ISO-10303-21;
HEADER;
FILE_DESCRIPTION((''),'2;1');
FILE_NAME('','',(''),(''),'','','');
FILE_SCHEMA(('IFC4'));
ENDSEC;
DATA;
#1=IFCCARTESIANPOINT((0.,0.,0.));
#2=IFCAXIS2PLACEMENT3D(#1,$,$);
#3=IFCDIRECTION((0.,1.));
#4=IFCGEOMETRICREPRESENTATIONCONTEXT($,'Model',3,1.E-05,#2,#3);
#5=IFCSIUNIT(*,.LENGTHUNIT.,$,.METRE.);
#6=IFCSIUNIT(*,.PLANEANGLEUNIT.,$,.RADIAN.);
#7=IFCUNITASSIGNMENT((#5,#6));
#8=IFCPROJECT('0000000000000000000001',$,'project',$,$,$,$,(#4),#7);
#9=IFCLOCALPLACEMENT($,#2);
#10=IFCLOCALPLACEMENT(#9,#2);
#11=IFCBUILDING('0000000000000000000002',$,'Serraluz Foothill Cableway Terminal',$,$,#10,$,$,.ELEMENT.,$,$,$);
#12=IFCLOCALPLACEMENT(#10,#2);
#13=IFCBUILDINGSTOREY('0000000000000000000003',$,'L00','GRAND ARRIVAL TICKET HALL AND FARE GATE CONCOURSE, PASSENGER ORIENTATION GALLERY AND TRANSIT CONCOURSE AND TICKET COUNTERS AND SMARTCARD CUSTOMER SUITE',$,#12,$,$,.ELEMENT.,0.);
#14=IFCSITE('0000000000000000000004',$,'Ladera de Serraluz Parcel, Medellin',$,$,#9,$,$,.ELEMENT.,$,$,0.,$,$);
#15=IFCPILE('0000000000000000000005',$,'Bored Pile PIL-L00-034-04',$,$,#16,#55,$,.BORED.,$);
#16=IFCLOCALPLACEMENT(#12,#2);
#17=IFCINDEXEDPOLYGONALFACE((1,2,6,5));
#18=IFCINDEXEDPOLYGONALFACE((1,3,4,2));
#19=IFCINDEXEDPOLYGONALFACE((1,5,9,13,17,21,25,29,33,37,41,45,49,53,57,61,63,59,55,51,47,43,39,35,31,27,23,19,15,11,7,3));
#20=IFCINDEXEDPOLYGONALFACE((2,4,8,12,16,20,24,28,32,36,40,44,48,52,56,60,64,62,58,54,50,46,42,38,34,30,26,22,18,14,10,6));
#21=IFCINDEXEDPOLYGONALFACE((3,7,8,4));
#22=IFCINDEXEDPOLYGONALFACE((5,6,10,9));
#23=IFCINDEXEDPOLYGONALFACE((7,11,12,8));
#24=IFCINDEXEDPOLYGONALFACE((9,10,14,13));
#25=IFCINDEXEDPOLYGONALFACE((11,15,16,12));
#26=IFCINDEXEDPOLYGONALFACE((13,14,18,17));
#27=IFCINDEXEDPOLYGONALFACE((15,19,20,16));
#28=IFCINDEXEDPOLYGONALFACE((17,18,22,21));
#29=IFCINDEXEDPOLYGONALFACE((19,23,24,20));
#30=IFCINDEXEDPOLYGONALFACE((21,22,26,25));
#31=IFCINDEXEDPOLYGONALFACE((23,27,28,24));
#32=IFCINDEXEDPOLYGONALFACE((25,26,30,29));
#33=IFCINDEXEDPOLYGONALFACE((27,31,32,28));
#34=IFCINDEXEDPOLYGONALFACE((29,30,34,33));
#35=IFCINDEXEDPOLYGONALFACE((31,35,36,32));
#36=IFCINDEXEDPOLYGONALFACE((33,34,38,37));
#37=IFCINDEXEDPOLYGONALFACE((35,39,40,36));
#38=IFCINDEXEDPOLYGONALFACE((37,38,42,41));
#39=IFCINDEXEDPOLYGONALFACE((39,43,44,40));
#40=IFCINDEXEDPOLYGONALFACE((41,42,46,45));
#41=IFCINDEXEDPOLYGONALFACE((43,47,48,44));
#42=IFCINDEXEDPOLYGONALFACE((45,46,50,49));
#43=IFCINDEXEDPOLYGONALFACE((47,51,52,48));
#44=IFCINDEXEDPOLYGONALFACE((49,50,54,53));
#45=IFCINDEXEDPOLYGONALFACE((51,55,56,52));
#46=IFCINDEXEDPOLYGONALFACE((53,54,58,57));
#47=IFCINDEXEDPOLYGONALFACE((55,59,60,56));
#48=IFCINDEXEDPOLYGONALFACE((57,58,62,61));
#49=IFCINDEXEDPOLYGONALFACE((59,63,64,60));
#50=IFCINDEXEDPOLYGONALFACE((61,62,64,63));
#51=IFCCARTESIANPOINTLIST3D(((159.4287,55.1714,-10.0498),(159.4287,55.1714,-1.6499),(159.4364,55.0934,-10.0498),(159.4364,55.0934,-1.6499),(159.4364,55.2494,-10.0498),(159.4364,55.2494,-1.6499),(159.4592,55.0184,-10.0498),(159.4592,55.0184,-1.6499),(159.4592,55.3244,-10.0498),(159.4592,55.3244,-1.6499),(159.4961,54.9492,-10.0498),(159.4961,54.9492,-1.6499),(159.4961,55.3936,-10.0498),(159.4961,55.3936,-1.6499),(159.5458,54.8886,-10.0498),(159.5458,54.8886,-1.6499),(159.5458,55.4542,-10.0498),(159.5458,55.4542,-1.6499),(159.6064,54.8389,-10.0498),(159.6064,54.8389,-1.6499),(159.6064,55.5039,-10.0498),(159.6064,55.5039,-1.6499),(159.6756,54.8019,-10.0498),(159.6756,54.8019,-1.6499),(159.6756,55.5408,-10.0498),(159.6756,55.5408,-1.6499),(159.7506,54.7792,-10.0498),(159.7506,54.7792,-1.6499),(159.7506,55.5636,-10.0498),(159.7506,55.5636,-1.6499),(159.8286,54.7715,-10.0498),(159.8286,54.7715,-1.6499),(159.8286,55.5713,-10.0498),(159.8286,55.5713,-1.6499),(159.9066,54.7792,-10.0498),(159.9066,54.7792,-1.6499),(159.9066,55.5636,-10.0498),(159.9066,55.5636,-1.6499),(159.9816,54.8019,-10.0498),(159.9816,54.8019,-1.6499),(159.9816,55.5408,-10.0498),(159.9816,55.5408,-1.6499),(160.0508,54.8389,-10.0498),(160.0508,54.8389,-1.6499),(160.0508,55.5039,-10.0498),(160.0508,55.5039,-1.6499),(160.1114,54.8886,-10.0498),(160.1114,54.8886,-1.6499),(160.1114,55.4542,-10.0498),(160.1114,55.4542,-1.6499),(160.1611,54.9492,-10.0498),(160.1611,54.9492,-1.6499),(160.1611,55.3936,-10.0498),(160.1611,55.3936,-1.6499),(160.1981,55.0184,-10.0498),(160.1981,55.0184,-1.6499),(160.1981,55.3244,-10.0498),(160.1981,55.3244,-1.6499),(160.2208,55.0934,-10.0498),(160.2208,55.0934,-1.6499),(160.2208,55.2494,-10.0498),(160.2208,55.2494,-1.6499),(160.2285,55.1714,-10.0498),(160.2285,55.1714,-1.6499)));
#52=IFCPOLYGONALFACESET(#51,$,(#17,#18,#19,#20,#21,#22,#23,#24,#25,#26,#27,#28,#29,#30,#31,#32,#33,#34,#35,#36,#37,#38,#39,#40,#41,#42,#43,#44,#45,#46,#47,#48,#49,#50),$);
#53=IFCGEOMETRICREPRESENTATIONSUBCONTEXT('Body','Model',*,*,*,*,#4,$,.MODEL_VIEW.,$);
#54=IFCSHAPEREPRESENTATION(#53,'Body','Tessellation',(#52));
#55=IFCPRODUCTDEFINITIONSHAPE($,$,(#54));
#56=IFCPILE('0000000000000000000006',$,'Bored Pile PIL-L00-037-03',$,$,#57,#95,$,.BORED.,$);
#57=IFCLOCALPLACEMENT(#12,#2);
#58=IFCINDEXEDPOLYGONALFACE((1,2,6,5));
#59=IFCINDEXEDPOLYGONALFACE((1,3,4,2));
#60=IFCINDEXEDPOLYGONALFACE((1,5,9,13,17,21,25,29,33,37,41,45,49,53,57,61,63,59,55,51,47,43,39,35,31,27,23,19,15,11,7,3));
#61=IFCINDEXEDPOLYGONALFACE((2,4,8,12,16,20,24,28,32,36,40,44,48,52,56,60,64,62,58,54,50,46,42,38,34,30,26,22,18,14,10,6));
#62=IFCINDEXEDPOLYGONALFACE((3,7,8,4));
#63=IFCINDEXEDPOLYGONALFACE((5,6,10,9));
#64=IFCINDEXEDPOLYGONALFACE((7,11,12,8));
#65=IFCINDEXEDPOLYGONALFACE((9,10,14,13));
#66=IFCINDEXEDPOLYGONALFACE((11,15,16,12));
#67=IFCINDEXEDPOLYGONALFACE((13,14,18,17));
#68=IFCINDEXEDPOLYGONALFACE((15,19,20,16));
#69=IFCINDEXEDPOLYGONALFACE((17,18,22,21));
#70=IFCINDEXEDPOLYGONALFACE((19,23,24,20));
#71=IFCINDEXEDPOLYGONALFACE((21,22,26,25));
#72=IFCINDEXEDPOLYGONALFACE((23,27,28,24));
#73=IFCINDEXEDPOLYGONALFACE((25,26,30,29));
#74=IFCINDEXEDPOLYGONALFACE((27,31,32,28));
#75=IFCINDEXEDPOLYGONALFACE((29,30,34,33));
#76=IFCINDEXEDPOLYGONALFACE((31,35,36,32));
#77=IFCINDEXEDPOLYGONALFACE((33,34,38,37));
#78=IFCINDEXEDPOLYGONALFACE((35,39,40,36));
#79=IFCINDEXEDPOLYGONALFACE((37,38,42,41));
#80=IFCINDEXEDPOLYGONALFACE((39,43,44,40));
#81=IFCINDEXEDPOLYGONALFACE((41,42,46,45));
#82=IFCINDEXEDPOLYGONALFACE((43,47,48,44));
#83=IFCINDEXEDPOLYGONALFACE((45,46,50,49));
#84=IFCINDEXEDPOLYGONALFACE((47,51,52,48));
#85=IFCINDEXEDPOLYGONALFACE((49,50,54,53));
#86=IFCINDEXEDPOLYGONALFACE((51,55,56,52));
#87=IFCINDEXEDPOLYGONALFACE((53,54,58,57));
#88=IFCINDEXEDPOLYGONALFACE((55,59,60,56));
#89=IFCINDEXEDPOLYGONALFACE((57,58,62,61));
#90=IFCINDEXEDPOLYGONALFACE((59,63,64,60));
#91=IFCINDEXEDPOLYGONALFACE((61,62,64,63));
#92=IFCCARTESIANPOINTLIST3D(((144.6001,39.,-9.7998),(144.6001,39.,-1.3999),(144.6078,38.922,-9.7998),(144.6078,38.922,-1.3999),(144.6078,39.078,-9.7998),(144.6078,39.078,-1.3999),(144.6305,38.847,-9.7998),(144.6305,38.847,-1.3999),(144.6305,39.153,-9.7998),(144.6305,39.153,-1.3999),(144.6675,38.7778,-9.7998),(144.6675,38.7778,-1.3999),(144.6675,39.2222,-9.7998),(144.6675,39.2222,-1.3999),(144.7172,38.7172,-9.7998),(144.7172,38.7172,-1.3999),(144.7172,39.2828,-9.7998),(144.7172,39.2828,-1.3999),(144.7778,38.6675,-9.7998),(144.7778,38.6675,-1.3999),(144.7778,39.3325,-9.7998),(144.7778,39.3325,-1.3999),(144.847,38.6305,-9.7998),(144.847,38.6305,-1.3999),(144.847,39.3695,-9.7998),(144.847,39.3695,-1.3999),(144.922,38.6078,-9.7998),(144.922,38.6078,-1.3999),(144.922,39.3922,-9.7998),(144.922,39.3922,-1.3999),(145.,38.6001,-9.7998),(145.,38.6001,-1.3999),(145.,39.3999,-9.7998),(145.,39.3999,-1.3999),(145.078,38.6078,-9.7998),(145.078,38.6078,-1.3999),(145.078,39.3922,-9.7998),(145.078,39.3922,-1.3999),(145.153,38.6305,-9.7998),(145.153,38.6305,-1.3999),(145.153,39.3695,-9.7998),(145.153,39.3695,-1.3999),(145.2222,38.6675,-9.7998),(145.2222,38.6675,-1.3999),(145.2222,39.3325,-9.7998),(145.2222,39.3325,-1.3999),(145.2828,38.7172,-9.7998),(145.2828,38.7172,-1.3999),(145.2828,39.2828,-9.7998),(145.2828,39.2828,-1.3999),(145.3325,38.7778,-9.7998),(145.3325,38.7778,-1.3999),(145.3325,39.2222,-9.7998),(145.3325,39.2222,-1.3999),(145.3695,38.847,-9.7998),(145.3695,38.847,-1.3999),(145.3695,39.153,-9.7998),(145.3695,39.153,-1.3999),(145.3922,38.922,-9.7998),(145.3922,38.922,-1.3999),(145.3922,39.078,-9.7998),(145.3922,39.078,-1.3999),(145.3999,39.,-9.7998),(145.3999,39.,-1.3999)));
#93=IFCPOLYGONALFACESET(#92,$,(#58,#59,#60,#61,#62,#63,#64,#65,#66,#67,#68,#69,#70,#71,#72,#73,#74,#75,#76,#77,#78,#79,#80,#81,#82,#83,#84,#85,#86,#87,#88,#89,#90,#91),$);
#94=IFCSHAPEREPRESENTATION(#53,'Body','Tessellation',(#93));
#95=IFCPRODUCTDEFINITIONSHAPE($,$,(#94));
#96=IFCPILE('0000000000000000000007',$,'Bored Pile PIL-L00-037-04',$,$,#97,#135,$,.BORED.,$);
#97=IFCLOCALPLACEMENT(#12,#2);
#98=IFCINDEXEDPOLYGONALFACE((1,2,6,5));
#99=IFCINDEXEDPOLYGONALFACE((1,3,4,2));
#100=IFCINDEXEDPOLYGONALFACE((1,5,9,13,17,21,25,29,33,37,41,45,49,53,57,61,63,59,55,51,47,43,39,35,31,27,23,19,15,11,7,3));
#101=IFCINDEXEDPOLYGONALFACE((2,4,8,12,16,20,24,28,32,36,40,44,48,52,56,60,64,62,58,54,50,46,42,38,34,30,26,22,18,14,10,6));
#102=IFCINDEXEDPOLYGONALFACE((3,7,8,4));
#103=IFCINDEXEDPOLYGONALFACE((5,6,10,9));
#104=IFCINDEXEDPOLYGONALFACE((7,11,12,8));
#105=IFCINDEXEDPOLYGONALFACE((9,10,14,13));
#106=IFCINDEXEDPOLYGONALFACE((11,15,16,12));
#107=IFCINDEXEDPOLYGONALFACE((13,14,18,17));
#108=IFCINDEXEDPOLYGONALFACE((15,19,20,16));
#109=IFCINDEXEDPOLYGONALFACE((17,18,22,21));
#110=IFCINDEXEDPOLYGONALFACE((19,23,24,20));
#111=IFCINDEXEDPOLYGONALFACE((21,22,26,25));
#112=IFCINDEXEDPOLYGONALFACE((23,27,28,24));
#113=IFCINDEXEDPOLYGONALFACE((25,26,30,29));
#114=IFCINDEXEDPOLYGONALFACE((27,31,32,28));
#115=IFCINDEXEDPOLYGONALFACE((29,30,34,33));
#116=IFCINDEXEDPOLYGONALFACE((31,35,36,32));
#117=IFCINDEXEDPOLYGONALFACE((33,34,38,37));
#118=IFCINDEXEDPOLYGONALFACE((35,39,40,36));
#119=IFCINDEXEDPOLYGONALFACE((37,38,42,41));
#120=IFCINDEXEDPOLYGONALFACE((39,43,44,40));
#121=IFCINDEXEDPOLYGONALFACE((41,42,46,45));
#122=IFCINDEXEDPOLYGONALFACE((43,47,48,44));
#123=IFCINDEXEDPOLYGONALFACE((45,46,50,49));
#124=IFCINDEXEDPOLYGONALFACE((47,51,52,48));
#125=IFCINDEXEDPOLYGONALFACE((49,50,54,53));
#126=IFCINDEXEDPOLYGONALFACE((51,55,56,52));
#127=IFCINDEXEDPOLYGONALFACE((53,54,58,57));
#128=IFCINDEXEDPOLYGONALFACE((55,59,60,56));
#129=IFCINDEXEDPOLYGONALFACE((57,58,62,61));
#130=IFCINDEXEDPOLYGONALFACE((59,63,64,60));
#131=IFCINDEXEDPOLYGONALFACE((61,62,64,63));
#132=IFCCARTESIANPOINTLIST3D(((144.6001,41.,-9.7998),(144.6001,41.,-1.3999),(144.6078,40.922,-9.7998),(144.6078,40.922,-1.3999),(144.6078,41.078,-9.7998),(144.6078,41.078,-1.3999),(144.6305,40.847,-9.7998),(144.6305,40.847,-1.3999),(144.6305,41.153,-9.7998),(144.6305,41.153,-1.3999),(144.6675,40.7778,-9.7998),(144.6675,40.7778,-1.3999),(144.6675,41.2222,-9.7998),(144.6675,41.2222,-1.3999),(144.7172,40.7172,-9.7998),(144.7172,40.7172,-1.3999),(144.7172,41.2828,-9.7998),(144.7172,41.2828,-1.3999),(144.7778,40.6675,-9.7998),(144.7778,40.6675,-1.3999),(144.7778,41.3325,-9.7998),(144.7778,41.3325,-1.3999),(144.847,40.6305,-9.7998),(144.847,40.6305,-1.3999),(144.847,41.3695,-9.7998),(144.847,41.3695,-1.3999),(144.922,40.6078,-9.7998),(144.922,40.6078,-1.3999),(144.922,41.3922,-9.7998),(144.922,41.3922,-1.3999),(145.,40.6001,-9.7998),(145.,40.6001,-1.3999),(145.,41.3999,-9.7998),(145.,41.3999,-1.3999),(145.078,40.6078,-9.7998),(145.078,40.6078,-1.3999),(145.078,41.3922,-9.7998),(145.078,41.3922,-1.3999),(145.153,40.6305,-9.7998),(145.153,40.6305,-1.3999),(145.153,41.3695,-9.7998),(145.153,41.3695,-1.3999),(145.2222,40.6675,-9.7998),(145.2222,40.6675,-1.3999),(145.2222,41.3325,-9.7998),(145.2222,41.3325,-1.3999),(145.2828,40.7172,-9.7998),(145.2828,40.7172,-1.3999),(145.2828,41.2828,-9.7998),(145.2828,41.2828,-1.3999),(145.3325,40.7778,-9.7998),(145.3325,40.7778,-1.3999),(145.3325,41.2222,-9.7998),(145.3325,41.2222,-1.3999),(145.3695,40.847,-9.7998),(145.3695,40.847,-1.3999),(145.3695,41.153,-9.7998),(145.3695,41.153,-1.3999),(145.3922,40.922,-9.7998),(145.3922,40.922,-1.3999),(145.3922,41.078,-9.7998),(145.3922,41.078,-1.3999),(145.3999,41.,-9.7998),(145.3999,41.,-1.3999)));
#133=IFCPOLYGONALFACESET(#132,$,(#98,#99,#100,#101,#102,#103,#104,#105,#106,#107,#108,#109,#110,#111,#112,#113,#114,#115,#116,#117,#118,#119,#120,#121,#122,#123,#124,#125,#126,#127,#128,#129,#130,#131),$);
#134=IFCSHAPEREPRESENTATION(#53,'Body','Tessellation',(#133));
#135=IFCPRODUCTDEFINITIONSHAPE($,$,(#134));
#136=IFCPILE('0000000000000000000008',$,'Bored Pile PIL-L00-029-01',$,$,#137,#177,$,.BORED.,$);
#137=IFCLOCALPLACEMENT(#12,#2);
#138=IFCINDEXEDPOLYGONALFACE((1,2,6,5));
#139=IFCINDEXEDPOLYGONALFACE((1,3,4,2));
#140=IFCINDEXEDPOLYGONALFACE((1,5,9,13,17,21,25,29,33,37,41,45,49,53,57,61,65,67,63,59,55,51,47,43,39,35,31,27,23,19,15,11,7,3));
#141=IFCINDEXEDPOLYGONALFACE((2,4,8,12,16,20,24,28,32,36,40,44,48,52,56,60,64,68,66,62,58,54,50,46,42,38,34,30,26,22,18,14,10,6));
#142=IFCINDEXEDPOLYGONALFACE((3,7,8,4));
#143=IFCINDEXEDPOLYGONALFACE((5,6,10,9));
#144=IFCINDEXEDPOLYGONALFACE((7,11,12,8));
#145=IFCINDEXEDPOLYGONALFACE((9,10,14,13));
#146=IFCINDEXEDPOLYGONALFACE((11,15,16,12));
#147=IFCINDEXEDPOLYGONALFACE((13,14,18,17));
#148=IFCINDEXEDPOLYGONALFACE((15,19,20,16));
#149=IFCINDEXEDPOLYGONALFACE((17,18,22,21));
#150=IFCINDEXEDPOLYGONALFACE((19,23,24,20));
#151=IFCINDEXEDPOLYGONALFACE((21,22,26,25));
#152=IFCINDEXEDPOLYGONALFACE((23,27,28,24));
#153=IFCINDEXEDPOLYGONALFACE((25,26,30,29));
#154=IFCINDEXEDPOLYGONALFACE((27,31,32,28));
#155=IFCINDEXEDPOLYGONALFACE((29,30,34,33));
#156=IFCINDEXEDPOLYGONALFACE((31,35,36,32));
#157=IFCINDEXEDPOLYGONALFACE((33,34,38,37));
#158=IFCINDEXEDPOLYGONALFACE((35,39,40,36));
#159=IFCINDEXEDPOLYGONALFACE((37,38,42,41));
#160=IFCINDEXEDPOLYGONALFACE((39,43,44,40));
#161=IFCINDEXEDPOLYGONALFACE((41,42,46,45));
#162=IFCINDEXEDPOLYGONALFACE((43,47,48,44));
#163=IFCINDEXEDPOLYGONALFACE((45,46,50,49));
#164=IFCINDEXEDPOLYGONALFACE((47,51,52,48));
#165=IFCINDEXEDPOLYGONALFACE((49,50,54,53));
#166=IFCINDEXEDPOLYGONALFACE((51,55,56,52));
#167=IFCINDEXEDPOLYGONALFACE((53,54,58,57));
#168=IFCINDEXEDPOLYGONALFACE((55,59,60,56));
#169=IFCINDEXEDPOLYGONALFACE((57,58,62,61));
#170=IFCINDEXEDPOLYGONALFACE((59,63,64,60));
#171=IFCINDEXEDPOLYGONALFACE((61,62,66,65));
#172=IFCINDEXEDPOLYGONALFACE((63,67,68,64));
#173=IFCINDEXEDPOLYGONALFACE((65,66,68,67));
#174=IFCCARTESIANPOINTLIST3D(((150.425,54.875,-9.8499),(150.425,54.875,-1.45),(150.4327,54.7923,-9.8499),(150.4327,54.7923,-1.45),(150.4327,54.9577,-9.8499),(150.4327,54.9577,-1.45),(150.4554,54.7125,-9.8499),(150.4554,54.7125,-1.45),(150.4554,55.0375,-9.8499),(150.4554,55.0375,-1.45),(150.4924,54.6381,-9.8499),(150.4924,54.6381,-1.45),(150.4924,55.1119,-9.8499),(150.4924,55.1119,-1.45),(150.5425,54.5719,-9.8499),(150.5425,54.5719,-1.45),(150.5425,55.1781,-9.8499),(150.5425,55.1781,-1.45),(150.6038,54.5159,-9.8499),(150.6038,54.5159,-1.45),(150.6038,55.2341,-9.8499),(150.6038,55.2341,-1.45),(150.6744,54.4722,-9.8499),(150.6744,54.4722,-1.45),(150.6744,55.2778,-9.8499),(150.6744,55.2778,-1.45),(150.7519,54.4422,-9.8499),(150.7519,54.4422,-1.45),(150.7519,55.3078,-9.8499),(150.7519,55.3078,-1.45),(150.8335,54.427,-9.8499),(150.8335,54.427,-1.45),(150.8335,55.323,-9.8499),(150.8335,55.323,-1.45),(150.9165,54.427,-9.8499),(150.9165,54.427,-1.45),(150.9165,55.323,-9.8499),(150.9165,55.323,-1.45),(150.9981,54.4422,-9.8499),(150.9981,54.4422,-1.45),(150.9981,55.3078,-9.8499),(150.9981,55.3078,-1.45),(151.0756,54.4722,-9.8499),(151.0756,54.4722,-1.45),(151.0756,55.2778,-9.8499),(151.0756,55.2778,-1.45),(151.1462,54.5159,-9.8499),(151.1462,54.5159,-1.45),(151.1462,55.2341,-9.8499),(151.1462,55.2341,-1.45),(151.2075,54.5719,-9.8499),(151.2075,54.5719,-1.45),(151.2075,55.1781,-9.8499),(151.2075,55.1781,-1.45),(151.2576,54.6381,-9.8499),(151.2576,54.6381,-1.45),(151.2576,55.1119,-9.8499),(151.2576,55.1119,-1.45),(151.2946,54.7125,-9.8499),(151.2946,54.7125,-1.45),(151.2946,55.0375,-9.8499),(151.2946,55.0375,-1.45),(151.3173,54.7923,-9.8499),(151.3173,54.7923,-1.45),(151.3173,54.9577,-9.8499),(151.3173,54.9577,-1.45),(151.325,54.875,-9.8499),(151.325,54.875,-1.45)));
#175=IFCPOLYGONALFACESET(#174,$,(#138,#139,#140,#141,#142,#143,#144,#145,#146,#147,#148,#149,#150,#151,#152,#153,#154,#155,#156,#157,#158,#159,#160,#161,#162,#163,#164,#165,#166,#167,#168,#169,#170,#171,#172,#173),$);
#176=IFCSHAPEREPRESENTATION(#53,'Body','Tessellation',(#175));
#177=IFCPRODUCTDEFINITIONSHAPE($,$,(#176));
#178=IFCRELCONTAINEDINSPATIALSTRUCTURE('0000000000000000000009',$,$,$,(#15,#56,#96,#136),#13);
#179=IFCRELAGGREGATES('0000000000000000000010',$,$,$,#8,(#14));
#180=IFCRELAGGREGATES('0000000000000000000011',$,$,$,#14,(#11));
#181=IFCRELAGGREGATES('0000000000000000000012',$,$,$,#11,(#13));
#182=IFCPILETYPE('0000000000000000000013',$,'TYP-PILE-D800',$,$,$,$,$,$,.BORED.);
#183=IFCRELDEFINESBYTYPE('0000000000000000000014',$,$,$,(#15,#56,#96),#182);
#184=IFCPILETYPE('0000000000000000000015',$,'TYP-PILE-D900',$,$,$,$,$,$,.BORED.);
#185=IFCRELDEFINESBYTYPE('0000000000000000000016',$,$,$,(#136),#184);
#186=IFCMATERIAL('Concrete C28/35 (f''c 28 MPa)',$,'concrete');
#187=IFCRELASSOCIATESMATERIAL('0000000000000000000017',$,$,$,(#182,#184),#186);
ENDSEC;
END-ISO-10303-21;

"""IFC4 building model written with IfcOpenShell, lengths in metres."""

from ifc_helpers import new_model, si_unit, direction, frame, origin, origin_2d, place, context, subcontext, project, spatial, circle, extrude, material, material_profile, profile_set, type_object, element, save


model = new_model("IFC4")

# Units and contexts
model_context = context("Model", 3, precision=1e-05, world=origin(), true_north=direction((0.0, 1.0)))
body_context = subcontext(model_context, "Body", "Model", "MODEL_VIEW")
ifc_project = project(units=[si_unit("LENGTHUNIT", "METRE"), si_unit("PLANEANGLEUNIT", "RADIAN")], contexts=[model_context])

# Site, building, storey
site_placement = place(None, origin())
site = spatial("IfcSite", under=ifc_project, at=site_placement, Name="Ladera de Serraluz Parcel, Medellin", CompositionType="ELEMENT", RefElevation=0.0)
building_placement = place(site_placement, origin())
building = spatial("IfcBuilding", under=site, at=building_placement, Name="Serraluz Foothill Cableway Terminal", CompositionType="ELEMENT")
storey_placement = place(building_placement, origin())
storey = spatial("IfcBuildingStorey", under=building, at=storey_placement, Name="L00", Description="GRAND ARRIVAL TICKET HALL AND FARE GATE CONCOURSE, PASSENGER ORIENTATION GALLERY AND TRANSIT CONCOURSE AND TICKET COUNTERS AND SMARTCARD CUSTOMER SUITE", CompositionType="ELEMENT", Elevation=0.0)

# Piles
ifc_material_1 = material(Name="Concrete C28/35 (f'c 28 MPa)", Category="concrete")
ifc_material_profile_1 = material_profile(ifc_material_1, circle(Radius=0.3999, at=origin_2d()), Name="BORED PILE D800")
ifc_profile_set_1 = profile_set([ifc_material_profile_1], Name="Concrete C28/35 (f'c 28 MPa)")
pile_type_1 = type_object("IfcPileType", Name="TYP-PILE-D800", PredefinedType="BORED", material=ifc_profile_set_1)
for number, where, z_axis, x_axis, name in (
    (1, (159.8286, 55.1714, -1.6499), (0.0, 0.0, -1.0), (1.0, 0.0, 0.0), "Bored Pile PIL-L00-034-04"),
    (2, (145.0, 39.0, -1.3999), (0.0, 0.0, -1.0), (1.0, 0.0, 0.0), "Bored Pile PIL-L00-037-03"),
    (3, (145.0, 41.0, -1.3999), (0.0, 0.0, -1.0), (1.0, 0.0, 0.0), "Bored Pile PIL-L00-037-04"),
):
    element("IfcPile", number, at=place(storey_placement, frame(where, z_axis=z_axis, x_axis=x_axis)), inside=storey, type_object=pile_type_1, Name=name, PredefinedType="BORED", context=body_context, shape_type="SweptSolid", body=[
        extrude(circle(Radius=0.3999, at=origin_2d()), origin(), (0.0, 0.0, 1.0), 8.3999),
    ])
ifc_material_profile_2 = material_profile(ifc_material_1, circle(Radius=0.45, at=origin_2d()), Name="BORED PILE D900")
ifc_profile_set_2 = profile_set([ifc_material_profile_2], Name="Concrete C28/35 (f'c 28 MPa)")
pile_type_2 = type_object("IfcPileType", Name="TYP-PILE-D900", PredefinedType="BORED", material=ifc_profile_set_2)
for number, where, z_axis, x_axis, name in (
    (4, (150.875, 54.875, -1.45), (0.0, 0.0, -1.0), (1.0, 0.0, 0.0), "Bored Pile PIL-L00-029-01"),
):
    element("IfcPile", number, at=place(storey_placement, frame(where, z_axis=z_axis, x_axis=x_axis)), inside=storey, type_object=pile_type_2, Name=name, PredefinedType="BORED", context=body_context, shape_type="SweptSolid", body=[
        extrude(circle(Radius=0.45, at=origin_2d()), origin(), (0.0, 0.0, 1.0), 8.3999),
    ])

save(model, "model.ifc")
